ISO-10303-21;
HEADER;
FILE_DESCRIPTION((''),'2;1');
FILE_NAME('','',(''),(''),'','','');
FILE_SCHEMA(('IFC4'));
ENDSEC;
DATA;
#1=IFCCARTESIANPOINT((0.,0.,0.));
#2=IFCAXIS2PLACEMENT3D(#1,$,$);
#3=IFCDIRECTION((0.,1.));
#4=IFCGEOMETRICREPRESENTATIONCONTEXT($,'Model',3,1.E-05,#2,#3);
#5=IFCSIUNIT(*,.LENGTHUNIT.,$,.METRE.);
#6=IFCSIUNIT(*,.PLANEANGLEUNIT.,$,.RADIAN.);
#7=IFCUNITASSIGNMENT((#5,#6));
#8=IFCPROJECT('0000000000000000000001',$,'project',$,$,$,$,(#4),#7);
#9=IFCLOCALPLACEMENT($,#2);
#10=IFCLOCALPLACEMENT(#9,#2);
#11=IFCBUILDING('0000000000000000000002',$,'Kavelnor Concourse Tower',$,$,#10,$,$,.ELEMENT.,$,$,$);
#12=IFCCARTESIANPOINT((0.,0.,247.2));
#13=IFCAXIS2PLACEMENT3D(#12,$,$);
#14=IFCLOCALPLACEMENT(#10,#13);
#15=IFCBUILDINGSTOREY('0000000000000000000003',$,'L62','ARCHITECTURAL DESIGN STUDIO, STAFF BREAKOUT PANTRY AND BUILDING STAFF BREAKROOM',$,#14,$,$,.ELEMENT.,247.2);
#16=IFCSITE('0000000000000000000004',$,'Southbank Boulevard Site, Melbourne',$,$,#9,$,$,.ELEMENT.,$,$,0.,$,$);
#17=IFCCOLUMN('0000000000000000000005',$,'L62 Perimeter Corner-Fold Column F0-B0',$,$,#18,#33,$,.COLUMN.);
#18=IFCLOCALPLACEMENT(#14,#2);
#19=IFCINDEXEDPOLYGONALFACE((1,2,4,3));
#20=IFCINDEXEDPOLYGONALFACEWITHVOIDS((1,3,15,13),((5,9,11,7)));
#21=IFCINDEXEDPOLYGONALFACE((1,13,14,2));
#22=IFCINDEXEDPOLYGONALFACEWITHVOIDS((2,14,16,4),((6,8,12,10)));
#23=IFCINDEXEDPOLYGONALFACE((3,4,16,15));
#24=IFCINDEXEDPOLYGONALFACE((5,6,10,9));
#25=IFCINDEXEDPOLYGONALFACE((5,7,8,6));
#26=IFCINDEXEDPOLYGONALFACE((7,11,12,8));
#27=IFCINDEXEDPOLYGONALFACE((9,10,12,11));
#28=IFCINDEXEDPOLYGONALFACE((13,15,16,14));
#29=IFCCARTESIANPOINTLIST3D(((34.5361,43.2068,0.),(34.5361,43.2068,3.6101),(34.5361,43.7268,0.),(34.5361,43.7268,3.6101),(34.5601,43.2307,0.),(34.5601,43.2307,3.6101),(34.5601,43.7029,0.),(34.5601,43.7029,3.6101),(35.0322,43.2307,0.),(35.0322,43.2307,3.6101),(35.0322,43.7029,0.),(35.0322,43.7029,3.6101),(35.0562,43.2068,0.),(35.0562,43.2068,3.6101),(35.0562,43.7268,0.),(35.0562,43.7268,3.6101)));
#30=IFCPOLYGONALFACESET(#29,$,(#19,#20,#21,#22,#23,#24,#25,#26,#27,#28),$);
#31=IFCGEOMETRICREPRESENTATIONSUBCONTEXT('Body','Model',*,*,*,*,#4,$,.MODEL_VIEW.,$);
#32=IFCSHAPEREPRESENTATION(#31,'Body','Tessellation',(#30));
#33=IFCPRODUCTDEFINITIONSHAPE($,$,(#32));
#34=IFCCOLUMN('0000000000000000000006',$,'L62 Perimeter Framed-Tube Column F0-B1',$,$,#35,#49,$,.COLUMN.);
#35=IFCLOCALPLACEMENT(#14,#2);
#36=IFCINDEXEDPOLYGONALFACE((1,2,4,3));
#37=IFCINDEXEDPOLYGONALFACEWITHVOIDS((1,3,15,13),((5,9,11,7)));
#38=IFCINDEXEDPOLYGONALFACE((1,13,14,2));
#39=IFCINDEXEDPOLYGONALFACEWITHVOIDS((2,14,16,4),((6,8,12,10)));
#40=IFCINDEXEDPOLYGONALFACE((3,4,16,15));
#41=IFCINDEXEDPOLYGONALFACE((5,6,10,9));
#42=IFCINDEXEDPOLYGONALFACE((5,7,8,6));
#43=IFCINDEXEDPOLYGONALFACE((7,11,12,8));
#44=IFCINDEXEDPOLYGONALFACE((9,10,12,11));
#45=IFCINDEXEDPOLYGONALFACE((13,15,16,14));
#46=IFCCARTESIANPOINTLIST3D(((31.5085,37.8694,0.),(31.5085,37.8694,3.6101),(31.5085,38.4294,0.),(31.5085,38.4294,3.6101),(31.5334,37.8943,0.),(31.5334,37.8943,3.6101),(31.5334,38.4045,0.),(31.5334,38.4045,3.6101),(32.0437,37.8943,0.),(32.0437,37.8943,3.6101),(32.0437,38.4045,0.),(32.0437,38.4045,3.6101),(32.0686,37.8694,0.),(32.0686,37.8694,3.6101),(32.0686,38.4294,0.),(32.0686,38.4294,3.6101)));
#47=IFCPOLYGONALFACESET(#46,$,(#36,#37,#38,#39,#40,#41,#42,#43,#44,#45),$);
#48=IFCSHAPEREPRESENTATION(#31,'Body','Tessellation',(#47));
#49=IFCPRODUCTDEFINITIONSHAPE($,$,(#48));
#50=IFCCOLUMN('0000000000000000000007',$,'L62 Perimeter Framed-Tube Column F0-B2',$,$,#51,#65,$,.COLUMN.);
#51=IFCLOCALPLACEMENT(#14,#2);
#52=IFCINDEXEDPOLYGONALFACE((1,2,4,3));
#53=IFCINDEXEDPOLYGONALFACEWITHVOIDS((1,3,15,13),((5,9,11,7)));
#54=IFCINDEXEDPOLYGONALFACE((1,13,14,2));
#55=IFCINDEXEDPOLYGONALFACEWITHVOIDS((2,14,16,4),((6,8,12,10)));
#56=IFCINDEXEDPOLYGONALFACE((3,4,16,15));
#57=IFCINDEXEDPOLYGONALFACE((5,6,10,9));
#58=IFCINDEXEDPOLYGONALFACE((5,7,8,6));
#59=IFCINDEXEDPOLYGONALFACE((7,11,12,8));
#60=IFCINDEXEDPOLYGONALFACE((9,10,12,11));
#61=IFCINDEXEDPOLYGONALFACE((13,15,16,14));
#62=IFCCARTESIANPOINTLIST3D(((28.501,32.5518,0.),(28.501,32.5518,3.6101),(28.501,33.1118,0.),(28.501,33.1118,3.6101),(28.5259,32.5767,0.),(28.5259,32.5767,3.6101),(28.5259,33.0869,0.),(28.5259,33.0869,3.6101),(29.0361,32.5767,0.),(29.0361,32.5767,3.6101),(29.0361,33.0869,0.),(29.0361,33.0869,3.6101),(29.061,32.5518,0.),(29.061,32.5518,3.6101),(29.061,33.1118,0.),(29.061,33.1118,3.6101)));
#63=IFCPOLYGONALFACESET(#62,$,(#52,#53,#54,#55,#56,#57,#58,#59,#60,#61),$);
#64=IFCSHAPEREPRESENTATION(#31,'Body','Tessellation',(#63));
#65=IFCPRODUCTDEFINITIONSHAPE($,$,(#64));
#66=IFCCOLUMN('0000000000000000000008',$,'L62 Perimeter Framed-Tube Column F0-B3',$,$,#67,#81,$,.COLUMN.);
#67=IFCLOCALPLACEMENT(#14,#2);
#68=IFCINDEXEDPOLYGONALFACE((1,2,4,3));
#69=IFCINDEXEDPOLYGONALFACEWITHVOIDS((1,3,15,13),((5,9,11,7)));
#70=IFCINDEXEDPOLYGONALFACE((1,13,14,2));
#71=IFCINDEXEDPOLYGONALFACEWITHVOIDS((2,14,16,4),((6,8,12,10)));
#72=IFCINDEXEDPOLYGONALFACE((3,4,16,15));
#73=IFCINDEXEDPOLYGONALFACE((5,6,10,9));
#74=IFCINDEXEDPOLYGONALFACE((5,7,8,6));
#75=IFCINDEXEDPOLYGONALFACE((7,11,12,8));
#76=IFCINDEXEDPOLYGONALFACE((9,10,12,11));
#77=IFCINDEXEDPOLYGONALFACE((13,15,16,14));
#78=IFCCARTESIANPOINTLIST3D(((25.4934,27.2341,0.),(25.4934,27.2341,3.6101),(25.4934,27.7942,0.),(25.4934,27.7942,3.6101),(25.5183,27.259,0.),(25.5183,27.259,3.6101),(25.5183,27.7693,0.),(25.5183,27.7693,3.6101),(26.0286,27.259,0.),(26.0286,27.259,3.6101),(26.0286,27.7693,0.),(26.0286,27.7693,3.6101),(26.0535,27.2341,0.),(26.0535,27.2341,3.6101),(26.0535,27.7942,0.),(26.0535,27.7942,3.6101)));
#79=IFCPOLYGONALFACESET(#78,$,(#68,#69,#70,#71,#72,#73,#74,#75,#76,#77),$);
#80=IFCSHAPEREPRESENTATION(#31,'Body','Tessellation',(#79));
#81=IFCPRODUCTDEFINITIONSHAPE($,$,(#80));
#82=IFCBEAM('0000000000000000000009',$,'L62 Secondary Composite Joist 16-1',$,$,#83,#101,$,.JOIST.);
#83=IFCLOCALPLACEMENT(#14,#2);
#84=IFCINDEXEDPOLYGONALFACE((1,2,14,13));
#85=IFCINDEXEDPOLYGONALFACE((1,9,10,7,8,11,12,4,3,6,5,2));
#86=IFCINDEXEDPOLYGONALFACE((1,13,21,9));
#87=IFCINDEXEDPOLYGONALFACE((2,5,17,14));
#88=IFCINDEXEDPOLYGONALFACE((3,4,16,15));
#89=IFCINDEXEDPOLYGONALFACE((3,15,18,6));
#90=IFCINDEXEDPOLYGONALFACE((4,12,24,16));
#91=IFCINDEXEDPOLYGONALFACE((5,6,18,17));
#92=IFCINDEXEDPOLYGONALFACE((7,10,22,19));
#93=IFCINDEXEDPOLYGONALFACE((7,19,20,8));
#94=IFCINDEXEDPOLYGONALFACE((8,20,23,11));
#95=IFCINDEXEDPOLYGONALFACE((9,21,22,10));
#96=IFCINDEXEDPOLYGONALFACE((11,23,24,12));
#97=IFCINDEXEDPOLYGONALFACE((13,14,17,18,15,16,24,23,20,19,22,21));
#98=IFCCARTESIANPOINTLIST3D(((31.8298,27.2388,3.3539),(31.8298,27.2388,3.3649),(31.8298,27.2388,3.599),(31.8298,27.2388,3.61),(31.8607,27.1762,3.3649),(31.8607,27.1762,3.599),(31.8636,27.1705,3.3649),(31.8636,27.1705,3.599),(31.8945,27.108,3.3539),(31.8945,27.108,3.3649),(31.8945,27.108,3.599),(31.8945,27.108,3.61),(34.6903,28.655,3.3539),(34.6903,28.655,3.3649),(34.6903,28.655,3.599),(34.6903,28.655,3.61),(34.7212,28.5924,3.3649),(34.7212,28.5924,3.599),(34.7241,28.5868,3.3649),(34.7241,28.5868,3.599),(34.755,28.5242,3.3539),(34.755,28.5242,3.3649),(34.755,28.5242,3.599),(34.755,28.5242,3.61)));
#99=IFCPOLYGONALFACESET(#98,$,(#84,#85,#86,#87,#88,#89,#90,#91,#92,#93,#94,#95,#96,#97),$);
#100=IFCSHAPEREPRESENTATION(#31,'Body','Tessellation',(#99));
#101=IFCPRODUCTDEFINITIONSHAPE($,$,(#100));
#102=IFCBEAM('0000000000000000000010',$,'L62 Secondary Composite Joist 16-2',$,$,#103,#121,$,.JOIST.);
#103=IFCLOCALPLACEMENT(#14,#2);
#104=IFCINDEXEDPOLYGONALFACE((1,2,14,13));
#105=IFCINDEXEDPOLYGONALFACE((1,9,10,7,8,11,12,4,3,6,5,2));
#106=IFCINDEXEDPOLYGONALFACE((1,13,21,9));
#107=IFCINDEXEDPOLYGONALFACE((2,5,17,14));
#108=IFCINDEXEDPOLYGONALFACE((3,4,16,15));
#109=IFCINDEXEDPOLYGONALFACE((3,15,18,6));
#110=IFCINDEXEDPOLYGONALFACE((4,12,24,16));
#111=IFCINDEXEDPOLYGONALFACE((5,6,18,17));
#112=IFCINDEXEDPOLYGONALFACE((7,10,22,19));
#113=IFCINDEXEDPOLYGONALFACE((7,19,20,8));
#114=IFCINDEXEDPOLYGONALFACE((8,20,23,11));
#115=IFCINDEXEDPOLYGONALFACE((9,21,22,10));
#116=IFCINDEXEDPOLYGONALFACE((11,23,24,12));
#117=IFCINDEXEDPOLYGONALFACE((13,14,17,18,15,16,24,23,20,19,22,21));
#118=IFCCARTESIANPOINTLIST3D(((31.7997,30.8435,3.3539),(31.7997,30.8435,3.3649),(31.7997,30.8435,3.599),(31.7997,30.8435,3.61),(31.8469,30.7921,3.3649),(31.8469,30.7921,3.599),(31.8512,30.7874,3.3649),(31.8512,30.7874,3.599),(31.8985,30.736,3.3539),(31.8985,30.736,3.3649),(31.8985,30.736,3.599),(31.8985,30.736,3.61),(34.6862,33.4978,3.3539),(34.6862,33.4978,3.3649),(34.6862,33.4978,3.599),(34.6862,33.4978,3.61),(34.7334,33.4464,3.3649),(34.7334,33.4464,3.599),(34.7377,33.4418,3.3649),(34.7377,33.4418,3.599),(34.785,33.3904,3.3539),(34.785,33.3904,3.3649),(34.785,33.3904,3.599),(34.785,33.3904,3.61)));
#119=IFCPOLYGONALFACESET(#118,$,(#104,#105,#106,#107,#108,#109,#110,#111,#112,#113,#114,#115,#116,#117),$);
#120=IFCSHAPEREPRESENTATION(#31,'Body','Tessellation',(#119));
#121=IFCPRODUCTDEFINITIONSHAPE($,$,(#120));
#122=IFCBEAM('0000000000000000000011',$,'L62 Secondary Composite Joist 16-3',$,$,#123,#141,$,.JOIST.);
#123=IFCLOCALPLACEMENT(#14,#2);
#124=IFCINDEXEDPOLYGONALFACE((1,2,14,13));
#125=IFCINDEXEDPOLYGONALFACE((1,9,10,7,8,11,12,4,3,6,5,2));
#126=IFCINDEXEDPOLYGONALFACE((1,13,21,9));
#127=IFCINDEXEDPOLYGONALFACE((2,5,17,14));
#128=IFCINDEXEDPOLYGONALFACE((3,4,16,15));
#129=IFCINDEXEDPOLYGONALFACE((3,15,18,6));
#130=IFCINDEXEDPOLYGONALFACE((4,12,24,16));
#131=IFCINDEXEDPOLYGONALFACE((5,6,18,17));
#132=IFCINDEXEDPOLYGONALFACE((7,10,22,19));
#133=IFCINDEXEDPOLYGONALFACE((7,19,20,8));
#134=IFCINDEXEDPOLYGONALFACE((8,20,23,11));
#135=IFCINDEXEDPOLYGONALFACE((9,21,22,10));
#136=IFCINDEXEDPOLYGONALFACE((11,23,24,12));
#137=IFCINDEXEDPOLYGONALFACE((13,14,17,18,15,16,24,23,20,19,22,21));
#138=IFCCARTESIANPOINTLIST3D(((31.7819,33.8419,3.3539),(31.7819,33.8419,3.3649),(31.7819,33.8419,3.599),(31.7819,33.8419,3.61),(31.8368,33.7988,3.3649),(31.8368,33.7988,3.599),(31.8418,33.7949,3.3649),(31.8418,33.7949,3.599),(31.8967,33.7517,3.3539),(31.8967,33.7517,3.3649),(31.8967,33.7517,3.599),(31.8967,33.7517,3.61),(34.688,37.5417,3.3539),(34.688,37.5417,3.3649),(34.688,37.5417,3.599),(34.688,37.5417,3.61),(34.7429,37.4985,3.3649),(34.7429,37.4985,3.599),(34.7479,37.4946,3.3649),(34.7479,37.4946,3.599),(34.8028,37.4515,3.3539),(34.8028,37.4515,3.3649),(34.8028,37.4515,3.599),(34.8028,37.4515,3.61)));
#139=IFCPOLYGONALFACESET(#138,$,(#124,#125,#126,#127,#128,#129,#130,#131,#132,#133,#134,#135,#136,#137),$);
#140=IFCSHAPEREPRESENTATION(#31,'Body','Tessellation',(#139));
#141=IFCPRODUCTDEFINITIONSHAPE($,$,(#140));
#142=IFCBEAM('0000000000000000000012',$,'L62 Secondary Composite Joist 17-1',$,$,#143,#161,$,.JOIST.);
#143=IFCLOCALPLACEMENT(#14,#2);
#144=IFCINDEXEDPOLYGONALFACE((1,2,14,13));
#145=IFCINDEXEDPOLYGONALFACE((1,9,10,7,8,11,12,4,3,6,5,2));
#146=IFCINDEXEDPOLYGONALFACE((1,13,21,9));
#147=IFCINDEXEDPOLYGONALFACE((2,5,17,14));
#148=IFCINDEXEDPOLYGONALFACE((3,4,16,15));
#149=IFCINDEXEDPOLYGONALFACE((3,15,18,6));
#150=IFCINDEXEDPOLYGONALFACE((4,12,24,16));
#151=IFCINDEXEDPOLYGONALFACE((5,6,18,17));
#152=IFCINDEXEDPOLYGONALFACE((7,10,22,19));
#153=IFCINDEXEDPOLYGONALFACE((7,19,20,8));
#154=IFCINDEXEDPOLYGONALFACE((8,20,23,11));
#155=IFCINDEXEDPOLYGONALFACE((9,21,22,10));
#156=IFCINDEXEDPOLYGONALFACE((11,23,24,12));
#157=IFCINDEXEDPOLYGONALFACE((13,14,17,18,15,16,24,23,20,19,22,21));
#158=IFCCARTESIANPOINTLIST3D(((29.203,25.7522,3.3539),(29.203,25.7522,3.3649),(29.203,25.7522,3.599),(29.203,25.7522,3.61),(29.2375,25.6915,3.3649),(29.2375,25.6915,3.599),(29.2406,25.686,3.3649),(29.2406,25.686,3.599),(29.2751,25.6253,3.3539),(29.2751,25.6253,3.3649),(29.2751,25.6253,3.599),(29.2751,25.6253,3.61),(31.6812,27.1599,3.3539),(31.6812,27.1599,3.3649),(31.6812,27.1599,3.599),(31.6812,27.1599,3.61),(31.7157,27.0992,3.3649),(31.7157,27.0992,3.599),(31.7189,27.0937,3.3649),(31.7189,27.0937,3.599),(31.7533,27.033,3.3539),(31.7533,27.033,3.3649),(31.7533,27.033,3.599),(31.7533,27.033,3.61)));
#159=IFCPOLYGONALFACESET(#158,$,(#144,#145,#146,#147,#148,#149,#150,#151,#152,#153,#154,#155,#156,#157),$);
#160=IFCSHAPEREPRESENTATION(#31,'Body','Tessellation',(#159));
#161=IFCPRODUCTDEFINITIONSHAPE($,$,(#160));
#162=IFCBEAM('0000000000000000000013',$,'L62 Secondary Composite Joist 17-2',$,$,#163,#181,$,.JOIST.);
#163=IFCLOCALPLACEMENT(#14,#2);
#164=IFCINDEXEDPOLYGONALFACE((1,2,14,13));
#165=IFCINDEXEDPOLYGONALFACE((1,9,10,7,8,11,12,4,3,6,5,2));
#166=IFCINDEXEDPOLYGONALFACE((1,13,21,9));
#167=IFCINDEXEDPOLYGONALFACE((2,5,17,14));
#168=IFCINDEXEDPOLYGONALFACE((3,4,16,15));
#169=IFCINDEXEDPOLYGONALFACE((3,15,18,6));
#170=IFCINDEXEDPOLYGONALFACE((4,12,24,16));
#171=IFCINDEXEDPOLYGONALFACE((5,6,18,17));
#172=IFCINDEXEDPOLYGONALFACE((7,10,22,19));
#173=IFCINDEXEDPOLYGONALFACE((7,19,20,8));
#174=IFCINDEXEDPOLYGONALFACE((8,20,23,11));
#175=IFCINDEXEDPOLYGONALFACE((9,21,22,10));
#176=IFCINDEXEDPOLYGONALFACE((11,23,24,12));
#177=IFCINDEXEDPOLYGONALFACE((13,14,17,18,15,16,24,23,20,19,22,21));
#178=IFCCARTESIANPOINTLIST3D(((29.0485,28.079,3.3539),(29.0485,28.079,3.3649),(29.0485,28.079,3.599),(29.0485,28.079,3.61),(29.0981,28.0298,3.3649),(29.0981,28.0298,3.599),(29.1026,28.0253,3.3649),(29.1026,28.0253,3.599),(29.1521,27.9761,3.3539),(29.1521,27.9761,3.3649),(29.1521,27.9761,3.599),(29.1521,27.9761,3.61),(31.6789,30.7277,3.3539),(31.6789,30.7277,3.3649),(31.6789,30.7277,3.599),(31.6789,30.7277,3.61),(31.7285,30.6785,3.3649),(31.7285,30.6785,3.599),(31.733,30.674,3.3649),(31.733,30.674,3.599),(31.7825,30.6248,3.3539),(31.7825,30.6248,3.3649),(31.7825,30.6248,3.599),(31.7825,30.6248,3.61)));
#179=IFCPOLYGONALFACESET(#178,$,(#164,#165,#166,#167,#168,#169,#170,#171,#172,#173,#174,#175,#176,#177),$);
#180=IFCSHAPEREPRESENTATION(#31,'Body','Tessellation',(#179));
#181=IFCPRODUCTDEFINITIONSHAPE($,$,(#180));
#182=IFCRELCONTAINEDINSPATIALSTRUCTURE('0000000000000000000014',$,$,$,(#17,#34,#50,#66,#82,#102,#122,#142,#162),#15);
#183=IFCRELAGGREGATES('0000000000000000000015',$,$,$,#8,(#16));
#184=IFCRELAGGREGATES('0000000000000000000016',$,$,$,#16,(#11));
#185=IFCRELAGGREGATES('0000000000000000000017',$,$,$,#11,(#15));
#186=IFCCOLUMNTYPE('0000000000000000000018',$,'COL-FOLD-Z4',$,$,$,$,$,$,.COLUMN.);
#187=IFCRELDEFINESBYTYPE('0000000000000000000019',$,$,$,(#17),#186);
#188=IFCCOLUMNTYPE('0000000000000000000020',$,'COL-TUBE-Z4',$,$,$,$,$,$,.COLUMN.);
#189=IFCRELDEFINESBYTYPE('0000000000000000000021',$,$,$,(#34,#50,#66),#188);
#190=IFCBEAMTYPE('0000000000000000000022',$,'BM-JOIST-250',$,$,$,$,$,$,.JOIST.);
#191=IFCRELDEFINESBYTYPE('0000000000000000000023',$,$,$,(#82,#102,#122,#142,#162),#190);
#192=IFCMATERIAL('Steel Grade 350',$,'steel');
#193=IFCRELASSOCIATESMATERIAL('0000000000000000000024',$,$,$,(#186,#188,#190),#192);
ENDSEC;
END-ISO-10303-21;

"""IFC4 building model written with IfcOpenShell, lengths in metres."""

from ifc_helpers import new_model, si_unit, direction, frame, origin, origin_2d, place, context, subcontext, project, spatial, hollow_rectangle, i_section, extrude, material, material_profile, profile_set, type_object, element, save


model = new_model("IFC4")

# Units and contexts
model_context = context("Model", 3, precision=1e-05, world=origin(), true_north=direction((0.0, 1.0)))
body_context = subcontext(model_context, "Body", "Model", "MODEL_VIEW")
ifc_project = project(units=[si_unit("LENGTHUNIT", "METRE"), si_unit("PLANEANGLEUNIT", "RADIAN")], contexts=[model_context])

# Site, building, storey
site_placement = place(None, origin())
site = spatial("IfcSite", under=ifc_project, at=site_placement, Name="Southbank Boulevard Site, Melbourne", CompositionType="ELEMENT", RefElevation=0.0)
building_placement = place(site_placement, origin())
building = spatial("IfcBuilding", under=site, at=building_placement, Name="Kavelnor Concourse Tower", CompositionType="ELEMENT")
storey_placement = place(building_placement, frame((0.0, 0.0, 247.2)))
storey = spatial("IfcBuildingStorey", under=building, at=storey_placement, Name="L62", Description="ARCHITECTURAL DESIGN STUDIO, STAFF BREAKOUT PANTRY AND BUILDING STAFF BREAKROOM", CompositionType="ELEMENT", Elevation=247.2)

# Columns
ifc_material_1 = material(Name="Steel Grade 350", Category="steel")
ifc_material_profile_1 = material_profile(ifc_material_1, hollow_rectangle(XDim=0.52, YDim=0.52, WallThickness=0.0239, at=origin_2d()), Name="SHS 520x520x24")
ifc_profile_set_1 = profile_set([ifc_material_profile_1], Name="Steel Grade 350")
column_type_1 = type_object("IfcColumnType", Name="COL-FOLD-Z4", PredefinedType="COLUMN", material=ifc_profile_set_1)
column_placement = place(storey_placement, frame((34.7961, 43.4668, 0.0), z_axis=(0.0, 0.0, 1.0), x_axis=(1.0, 0.0, 0.0)))
element("IfcColumn", 1, at=column_placement, inside=storey, type_object=column_type_1, Name="L62 Perimeter Corner-Fold Column F0-B0", PredefinedType="COLUMN", context=body_context, shape_type="SweptSolid", body=[
    extrude(hollow_rectangle(XDim=0.52, YDim=0.52, WallThickness=0.0239, at=origin_2d()), origin(), (0.0, 0.0, 1.0), 3.6101),
])
ifc_material_profile_2 = material_profile(ifc_material_1, hollow_rectangle(XDim=0.5601, YDim=0.5601, WallThickness=0.0249, at=origin_2d()), Name="SHS 560x560x25")
ifc_profile_set_2 = profile_set([ifc_material_profile_2], Name="Steel Grade 350")
column_type_2 = type_object("IfcColumnType", Name="COL-TUBE-Z4", PredefinedType="COLUMN", material=ifc_profile_set_2)
for number, where, z_axis, x_axis, name in (
    (2, (31.7886, 38.1494, 0.0), (0.0, 0.0, 1.0), (1.0, 0.0, 0.0), "L62 Perimeter Framed-Tube Column F0-B1"),
    (3, (28.781, 32.8318, 0.0), (0.0, 0.0, 1.0), (1.0, 0.0, 0.0), "L62 Perimeter Framed-Tube Column F0-B2"),
    (4, (25.7734, 27.5142, 0.0), (0.0, 0.0, 1.0), (1.0, 0.0, 0.0), "L62 Perimeter Framed-Tube Column F0-B3"),
):
    element("IfcColumn", number, at=place(storey_placement, frame(where, z_axis=z_axis, x_axis=x_axis)), inside=storey, type_object=column_type_2, Name=name, PredefinedType="COLUMN", context=body_context, shape_type="SweptSolid", body=[
        extrude(hollow_rectangle(XDim=0.5601, YDim=0.5601, WallThickness=0.0249, at=origin_2d()), origin(), (0.0, 0.0, 1.0), 3.6101),
    ])

# Beams
ifc_material_profile_3 = material_profile(ifc_material_1, i_section(OverallWidth=0.146, OverallDepth=0.2561, WebThickness=0.0063, FlangeThickness=0.011, at=origin_2d()), Name="250UB37")
ifc_profile_set_3 = profile_set([ifc_material_profile_3], Name="Steel Grade 350")
beam_type_1 = type_object("IfcBeamType", Name="BM-JOIST-250", PredefinedType="JOIST", material=ifc_profile_set_3)
beam_1_placement = place(storey_placement, frame((34.7227, 28.5896, 3.4819), z_axis=(-0.896179, -0.443692, 0.0), x_axis=(0.443692, -0.896179, 0.0)))
element("IfcBeam", 5, at=beam_1_placement, inside=storey, type_object=beam_type_1, Name="L62 Secondary Composite Joist 16-1", PredefinedType="JOIST", context=body_context, shape_type="SweptSolid", body=[
    extrude(i_section(OverallWidth=0.146, OverallDepth=0.2561, WebThickness=0.0063, FlangeThickness=0.011, at=origin_2d()), origin(), (0.0, 0.0, 1.0), 3.1919),
])
beam_2_placement = place(storey_placement, frame((34.7356, 33.4441, 3.4819), z_axis=(-0.736091, -0.676883, 0.0), x_axis=(0.676883, -0.736091, 0.0)))
element("IfcBeam", 6, at=beam_2_placement, inside=storey, type_object=beam_type_1, Name="L62 Secondary Composite Joist 16-2", PredefinedType="JOIST", context=body_context, shape_type="SweptSolid", body=[
    extrude(i_section(OverallWidth=0.146, OverallDepth=0.2561, WebThickness=0.0063, FlangeThickness=0.011, at=origin_2d()), origin(), (0.0, 0.0, 1.0), 3.9214),
])
beam_3_placement = place(storey_placement, frame((34.7454, 37.4966, 3.4819), z_axis=(-0.617702, -0.786412, 0.0), x_axis=(0.786412, -0.617702, 0.0)))
element("IfcBeam", 7, at=beam_3_placement, inside=storey, type_object=beam_type_1, Name="L62 Secondary Composite Joist 16-3", PredefinedType="JOIST", context=body_context, shape_type="SweptSolid", body=[
    extrude(i_section(OverallWidth=0.146, OverallDepth=0.2561, WebThickness=0.0063, FlangeThickness=0.011, at=origin_2d()), origin(), (0.0, 0.0, 1.0), 4.7046),
])
beam_4_placement = place(storey_placement, frame((31.7173, 27.0964, 3.4819), z_axis=(-0.869516, -0.493905, 0.0), x_axis=(0.493905, -0.869516, 0.0)))
element("IfcBeam", 8, at=beam_4_placement, inside=storey, type_object=beam_type_1, Name="L62 Secondary Composite Joist 17-1", PredefinedType="JOIST", context=body_context, shape_type="SweptSolid", body=[
    extrude(i_section(OverallWidth=0.146, OverallDepth=0.2561, WebThickness=0.0063, FlangeThickness=0.011, at=origin_2d()), origin(), (0.0, 0.0, 1.0), 2.8501),
])
beam_5_placement = place(storey_placement, frame((31.7307, 30.6763, 3.4819), z_axis=(-0.70465, -0.709555, 0.0), x_axis=(0.709555, -0.70465, 0.0)))
element("IfcBeam", 9, at=beam_5_placement, inside=storey, type_object=beam_type_1, Name="L62 Secondary Composite Joist 17-2", PredefinedType="JOIST", context=body_context, shape_type="SweptSolid", body=[
    extrude(i_section(OverallWidth=0.146, OverallDepth=0.2561, WebThickness=0.0063, FlangeThickness=0.011, at=origin_2d()), origin(), (0.0, 0.0, 1.0), 3.7329),
])

save(model, "model.ifc")
